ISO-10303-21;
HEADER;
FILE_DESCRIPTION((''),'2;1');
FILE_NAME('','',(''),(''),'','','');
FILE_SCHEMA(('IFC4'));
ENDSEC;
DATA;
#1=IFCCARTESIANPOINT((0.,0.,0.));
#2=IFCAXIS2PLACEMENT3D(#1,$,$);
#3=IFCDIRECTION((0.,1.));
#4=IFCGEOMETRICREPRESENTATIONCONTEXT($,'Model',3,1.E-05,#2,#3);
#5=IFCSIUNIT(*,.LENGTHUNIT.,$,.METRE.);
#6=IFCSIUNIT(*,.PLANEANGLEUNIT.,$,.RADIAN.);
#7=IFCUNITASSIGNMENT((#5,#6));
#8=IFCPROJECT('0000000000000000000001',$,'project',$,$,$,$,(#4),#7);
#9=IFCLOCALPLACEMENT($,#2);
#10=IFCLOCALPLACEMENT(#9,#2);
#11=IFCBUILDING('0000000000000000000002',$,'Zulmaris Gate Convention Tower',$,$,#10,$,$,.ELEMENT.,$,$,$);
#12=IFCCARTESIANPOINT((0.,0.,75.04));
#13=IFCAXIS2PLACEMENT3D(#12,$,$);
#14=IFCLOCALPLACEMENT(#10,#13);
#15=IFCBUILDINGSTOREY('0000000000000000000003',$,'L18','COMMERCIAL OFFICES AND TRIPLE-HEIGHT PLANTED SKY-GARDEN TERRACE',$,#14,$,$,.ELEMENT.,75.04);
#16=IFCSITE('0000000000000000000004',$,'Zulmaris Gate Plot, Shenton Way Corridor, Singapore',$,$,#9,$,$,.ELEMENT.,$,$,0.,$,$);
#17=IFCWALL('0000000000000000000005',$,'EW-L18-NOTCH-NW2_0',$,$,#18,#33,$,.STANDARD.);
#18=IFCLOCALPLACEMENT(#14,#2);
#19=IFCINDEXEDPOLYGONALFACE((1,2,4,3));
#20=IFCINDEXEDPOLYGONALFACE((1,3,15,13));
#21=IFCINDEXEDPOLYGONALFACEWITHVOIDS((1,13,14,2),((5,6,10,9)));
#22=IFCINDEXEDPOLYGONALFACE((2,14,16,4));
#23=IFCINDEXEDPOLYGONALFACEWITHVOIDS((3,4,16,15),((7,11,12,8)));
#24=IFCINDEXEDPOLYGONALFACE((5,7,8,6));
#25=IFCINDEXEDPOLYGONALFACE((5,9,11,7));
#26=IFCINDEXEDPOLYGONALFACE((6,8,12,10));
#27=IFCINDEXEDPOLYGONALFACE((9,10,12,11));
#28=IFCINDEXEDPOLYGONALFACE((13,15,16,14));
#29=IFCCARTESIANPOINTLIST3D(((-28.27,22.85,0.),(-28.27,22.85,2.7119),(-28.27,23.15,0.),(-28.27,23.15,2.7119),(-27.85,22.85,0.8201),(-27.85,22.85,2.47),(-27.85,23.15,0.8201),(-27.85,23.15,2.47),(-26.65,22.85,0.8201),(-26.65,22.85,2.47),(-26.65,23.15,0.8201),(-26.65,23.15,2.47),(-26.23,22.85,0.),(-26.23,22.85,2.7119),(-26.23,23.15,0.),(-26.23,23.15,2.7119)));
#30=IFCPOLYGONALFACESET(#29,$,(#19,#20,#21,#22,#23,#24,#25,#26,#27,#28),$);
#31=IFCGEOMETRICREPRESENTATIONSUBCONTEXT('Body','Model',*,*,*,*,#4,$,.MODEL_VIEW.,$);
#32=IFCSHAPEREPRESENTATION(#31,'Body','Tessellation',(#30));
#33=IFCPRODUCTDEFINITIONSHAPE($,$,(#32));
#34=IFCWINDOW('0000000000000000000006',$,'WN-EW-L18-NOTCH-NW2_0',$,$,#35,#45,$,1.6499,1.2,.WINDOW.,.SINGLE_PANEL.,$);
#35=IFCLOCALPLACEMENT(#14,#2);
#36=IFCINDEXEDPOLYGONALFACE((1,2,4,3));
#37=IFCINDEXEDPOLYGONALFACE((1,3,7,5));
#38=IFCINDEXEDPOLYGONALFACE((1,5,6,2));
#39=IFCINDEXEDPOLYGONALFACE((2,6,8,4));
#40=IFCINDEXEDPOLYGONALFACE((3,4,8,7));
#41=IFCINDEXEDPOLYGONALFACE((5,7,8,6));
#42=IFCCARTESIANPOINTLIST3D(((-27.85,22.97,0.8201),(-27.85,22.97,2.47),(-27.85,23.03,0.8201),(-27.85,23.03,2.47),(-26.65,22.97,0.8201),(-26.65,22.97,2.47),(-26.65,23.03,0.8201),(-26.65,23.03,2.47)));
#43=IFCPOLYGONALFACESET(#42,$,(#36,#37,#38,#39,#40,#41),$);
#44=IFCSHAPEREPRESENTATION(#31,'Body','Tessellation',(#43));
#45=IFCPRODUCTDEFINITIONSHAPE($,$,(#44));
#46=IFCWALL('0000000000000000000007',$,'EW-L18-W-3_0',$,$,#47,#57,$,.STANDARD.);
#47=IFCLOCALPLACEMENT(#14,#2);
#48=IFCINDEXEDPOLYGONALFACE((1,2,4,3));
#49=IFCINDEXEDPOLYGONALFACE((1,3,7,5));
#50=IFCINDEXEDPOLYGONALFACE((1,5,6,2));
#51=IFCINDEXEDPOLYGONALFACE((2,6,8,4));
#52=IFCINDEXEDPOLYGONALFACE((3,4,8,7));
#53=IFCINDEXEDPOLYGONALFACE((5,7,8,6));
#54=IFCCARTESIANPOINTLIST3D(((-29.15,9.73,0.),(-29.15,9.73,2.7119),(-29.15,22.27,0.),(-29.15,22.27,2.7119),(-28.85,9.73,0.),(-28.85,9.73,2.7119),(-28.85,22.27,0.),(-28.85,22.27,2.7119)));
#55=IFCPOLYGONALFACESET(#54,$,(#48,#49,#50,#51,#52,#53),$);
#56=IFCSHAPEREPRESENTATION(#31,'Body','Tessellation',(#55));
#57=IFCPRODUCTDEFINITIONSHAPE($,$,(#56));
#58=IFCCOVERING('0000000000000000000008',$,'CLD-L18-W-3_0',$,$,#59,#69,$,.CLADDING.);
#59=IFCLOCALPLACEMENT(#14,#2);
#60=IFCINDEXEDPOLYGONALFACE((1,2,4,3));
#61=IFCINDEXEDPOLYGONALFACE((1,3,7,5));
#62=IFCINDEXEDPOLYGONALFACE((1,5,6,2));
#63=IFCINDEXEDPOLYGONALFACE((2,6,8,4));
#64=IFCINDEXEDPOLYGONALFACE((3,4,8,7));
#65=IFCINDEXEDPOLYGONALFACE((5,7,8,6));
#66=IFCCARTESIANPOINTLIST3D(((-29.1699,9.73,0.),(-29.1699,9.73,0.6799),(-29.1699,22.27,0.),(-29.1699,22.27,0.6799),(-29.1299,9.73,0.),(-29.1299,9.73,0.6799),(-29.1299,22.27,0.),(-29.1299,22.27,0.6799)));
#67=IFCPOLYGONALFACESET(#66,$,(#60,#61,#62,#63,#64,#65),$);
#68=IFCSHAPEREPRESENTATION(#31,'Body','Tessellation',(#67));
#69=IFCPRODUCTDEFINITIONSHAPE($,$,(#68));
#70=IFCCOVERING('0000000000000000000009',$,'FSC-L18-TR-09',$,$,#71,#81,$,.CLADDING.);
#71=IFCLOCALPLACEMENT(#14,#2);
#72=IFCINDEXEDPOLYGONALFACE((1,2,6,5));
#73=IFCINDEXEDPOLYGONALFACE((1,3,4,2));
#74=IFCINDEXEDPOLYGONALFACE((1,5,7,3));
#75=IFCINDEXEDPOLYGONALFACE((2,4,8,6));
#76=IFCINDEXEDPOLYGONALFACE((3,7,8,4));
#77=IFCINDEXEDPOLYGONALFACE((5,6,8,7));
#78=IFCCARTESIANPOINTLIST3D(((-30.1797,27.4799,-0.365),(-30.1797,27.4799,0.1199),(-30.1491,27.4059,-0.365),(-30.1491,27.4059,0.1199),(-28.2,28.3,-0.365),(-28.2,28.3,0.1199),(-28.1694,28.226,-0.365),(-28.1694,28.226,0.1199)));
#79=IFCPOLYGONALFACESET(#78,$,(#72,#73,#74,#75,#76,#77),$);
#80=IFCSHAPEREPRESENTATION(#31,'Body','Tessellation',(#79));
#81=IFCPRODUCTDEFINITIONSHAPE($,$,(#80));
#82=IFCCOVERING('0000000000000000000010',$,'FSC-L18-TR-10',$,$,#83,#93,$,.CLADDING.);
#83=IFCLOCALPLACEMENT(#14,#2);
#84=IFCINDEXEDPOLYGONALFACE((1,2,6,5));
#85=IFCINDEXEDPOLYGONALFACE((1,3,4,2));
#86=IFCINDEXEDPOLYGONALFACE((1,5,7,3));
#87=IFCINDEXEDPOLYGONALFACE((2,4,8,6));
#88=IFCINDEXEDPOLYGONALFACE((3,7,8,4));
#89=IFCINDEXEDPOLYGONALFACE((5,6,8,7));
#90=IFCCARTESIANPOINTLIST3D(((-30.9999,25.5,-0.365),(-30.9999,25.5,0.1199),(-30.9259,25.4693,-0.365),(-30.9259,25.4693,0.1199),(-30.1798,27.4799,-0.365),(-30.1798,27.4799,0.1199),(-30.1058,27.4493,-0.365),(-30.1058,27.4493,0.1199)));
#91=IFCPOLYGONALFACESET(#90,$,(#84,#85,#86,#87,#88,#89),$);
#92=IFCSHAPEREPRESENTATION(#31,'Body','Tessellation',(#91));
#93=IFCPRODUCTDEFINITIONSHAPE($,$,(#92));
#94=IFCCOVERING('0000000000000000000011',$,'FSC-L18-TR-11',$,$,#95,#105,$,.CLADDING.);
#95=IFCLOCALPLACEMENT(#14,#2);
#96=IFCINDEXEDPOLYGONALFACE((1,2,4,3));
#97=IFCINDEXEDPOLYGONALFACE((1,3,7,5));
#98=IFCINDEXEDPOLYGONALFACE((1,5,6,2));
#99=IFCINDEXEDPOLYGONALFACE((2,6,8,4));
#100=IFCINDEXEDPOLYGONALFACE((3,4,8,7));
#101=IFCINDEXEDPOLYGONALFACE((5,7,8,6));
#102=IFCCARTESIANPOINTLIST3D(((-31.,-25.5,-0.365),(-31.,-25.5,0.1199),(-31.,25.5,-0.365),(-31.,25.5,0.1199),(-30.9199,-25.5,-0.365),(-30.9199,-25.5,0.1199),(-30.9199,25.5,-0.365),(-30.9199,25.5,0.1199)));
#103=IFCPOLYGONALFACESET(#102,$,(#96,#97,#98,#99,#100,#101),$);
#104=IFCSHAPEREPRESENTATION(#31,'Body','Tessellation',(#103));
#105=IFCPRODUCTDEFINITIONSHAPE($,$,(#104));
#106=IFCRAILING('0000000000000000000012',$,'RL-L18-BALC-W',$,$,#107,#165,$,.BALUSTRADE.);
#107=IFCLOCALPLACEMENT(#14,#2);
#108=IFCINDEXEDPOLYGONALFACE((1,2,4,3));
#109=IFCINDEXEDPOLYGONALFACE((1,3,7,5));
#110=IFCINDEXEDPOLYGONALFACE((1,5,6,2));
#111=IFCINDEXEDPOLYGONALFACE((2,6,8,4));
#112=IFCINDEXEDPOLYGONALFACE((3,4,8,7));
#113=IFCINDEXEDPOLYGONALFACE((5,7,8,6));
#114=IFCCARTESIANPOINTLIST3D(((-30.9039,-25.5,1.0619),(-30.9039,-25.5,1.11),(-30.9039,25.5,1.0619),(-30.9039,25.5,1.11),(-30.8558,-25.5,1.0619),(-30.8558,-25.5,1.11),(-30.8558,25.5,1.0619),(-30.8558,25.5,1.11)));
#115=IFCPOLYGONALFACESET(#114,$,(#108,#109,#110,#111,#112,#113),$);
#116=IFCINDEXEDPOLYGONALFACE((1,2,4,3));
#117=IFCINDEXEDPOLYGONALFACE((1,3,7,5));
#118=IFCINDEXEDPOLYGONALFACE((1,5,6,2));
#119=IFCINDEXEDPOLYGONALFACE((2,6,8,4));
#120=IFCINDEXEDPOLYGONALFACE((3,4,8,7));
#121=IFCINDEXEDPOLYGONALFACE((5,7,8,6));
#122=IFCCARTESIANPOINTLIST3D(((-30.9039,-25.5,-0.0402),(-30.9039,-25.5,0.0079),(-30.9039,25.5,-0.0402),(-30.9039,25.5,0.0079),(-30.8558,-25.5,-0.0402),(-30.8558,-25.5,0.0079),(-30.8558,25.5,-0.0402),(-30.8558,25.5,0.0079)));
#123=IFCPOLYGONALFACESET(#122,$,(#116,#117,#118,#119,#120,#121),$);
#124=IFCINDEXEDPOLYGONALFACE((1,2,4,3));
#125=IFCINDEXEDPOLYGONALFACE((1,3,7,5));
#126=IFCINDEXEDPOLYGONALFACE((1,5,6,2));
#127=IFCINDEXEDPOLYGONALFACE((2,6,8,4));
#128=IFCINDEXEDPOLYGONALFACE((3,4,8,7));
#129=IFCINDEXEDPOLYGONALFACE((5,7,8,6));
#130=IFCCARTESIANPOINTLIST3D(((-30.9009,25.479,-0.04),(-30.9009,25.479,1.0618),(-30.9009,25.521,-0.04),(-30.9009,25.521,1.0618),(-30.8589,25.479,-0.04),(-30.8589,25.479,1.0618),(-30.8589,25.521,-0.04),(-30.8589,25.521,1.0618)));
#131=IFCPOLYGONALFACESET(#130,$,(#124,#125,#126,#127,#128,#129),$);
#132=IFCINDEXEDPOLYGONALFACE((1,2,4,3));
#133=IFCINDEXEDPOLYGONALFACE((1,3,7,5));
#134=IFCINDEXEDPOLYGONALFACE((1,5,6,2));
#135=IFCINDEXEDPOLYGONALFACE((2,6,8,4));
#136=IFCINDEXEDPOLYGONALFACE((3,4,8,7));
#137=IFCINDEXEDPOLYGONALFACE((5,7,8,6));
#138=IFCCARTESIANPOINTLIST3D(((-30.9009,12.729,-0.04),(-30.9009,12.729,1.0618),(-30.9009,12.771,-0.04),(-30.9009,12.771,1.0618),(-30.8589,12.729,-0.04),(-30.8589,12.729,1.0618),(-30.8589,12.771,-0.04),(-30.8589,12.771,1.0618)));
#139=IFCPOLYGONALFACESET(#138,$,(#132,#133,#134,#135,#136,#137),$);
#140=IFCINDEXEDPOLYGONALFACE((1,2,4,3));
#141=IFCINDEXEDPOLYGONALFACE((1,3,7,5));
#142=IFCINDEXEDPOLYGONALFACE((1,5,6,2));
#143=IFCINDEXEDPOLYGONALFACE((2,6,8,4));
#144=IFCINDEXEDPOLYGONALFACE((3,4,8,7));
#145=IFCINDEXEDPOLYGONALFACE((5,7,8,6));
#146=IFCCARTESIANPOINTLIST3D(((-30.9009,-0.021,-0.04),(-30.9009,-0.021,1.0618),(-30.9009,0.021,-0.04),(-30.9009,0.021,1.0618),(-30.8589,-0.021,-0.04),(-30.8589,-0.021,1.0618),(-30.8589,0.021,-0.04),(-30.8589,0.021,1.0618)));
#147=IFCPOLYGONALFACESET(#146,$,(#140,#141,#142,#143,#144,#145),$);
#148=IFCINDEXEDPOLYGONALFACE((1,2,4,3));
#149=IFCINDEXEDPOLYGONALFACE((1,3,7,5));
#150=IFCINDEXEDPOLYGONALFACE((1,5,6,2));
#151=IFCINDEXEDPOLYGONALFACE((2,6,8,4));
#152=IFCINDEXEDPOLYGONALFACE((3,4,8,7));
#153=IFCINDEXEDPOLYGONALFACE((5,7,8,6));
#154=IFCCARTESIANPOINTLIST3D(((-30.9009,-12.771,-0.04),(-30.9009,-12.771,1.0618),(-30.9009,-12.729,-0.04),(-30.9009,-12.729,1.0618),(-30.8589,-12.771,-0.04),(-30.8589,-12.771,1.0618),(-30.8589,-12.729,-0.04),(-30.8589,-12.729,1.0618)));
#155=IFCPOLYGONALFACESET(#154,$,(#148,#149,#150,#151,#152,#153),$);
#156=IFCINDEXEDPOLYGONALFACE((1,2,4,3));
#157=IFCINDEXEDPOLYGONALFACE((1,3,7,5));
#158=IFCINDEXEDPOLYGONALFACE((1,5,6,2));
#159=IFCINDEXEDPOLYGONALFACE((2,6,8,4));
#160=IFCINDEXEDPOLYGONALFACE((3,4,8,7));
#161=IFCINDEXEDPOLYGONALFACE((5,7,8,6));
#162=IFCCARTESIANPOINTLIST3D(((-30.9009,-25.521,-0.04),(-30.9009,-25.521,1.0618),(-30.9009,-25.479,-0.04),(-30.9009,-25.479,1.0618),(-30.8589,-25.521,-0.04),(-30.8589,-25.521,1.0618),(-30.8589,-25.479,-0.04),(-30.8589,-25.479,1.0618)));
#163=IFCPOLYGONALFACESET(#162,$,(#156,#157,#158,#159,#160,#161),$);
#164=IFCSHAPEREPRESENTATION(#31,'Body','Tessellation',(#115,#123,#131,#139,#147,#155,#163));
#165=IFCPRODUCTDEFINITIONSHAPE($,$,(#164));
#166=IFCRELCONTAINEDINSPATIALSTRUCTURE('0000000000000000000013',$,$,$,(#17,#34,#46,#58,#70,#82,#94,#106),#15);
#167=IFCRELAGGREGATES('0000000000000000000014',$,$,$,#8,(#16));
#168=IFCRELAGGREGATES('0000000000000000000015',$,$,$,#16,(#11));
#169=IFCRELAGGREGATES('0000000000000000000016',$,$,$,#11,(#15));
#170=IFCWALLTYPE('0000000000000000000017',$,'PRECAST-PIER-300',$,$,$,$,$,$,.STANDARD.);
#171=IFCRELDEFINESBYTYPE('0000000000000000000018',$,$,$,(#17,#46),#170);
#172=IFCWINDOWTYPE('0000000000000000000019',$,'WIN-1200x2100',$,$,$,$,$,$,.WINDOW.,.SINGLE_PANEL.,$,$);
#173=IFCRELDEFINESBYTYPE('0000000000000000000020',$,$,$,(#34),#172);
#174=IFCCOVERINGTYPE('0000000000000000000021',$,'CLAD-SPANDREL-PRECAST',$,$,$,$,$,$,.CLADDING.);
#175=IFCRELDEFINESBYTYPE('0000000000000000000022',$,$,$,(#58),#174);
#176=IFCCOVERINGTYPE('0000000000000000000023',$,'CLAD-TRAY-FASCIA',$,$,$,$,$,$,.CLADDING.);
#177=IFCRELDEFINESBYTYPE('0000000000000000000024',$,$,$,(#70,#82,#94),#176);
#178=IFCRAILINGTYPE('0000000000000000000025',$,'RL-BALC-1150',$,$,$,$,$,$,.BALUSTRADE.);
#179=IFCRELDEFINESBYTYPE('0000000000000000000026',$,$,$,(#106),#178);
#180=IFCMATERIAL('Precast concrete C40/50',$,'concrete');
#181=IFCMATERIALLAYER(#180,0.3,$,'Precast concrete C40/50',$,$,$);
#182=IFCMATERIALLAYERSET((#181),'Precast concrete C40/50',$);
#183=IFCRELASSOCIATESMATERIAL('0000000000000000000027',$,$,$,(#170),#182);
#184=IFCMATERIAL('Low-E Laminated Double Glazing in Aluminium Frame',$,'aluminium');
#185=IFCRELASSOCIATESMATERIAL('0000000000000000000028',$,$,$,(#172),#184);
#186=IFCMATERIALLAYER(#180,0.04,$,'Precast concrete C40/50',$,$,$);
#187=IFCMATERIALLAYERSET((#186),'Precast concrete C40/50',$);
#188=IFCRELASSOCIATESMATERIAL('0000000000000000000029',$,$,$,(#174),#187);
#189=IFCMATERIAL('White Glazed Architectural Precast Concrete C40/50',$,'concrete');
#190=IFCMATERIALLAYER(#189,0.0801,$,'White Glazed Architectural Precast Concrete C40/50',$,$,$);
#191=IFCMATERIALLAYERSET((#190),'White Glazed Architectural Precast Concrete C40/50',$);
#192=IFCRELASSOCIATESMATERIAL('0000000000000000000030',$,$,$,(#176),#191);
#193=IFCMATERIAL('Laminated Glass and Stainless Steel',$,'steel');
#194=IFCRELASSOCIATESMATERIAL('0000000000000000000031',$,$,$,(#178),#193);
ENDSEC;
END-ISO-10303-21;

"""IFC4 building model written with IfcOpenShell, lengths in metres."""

from ifc_helpers import new_model, si_unit, direction, frame, frame_2d, origin, origin_2d, place, context, subcontext, project, spatial, rectangle, extrude, material, layer, layer_set, type_object, element, fill, save


model = new_model("IFC4")

# Units and contexts
model_context = context("Model", 3, precision=1e-05, world=origin(), true_north=direction((0.0, 1.0)))
body_context = subcontext(model_context, "Body", "Model", "MODEL_VIEW")
ifc_project = project(units=[si_unit("LENGTHUNIT", "METRE"), si_unit("PLANEANGLEUNIT", "RADIAN")], contexts=[model_context])

# Site, building, storey
site_placement = place(None, origin())
site = spatial("IfcSite", under=ifc_project, at=site_placement, Name="Zulmaris Gate Plot, Shenton Way Corridor, Singapore", CompositionType="ELEMENT", RefElevation=0.0)
building_placement = place(site_placement, origin())
building = spatial("IfcBuilding", under=site, at=building_placement, Name="Zulmaris Gate Convention Tower", CompositionType="ELEMENT")
storey_placement = place(building_placement, frame((0.0, 0.0, 75.04)))
storey = spatial("IfcBuildingStorey", under=building, at=storey_placement, Name="L18", Description="COMMERCIAL OFFICES AND TRIPLE-HEIGHT PLANTED SKY-GARDEN TERRACE", CompositionType="ELEMENT", Elevation=75.04)

# Wall, opening, window
ifc_material_1 = material(Name="Precast concrete C40/50", Category="concrete")
ifc_layer_1 = layer(ifc_material_1, 0.3, Name="Precast concrete C40/50")
ifc_layer_set_1 = layer_set([ifc_layer_1], Name="Precast concrete C40/50")
wall_type_1 = type_object("IfcWallType", Name="PRECAST-PIER-300", PredefinedType="STANDARD", material=ifc_layer_set_1)
wall_1_placement = place(storey_placement, frame((-26.23, 23.0, 0.0), z_axis=(0.0, 0.0, 1.0), x_axis=(-1.0, 0.0, 0.0)))
wall_1 = element("IfcWall", 1, at=wall_1_placement, inside=storey, type_object=wall_type_1, Name="EW-L18-NOTCH-NW2_0", PredefinedType="STANDARD", context=body_context, shape_type="SweptSolid", body=[
    extrude(rectangle(XDim=2.04, YDim=0.3, at=frame_2d((1.02, 0.0))), origin(), (0.0, 0.0, 1.0), 2.7119),
])
opening_1_placement = place(wall_1_placement, frame((0.4199, 0.0, 0.8201)))
opening_1 = element("IfcOpeningElement", 2, at=opening_1_placement, cuts=wall_1, PredefinedType="OPENING", context=body_context, shape_type="SweptSolid", body=[
    extrude(rectangle(XDim=1.2, YDim=1.6499, at=frame_2d((0.6001, 0.825))), frame((0.0, 0.1602, 0.0), z_axis=(0.0, -1.0, 0.0), x_axis=(1.0, 0.0, 0.0)), (0.0, 0.0, 1.0), 0.3201),
])
ifc_material_2 = material(Name="Low-E Laminated Double Glazing in Aluminium Frame", Category="aluminium")
window_type = type_object("IfcWindowType", Name="WIN-1200x2100", PartitioningType="SINGLE_PANEL", PredefinedType="WINDOW", material=ifc_material_2)
window_placement = place(opening_1_placement, origin())
window = element("IfcWindow", 3, at=window_placement, inside=storey, type_object=window_type, Name="WN-EW-L18-NOTCH-NW2_0", OverallHeight=1.6499, OverallWidth=1.2, PartitioningType="SINGLE_PANEL", PredefinedType="WINDOW", context=body_context, shape_type="SweptSolid", body=[
    extrude(rectangle(XDim=1.2, YDim=1.6499, at=frame_2d((0.6001, 0.825))), frame((0.0, 0.03, 0.0), z_axis=(0.0, -1.0, 0.0), x_axis=(1.0, 0.0, 0.0)), (0.0, 0.0, 1.0), 0.0601),
])
fill(opening_1, window)

# Wall
wall_2_placement = place(storey_placement, frame((-29.0, 22.27, 0.0), z_axis=(0.0, 0.0, 1.0), x_axis=(0.0, -1.0, 0.0)))
element("IfcWall", 4, at=wall_2_placement, inside=storey, type_object=wall_type_1, Name="EW-L18-W-3_0", PredefinedType="STANDARD", context=body_context, shape_type="SweptSolid", body=[
    extrude(rectangle(XDim=12.54, YDim=0.3, at=frame_2d((6.27, 0.0))), origin(), (0.0, 0.0, 1.0), 2.7119),
])

# Coverings
ifc_layer_2 = layer(ifc_material_1, 0.04, Name="Precast concrete C40/50")
ifc_layer_set_2 = layer_set([ifc_layer_2], Name="Precast concrete C40/50")
covering_type_1 = type_object("IfcCoveringType", Name="CLAD-SPANDREL-PRECAST", PredefinedType="CLADDING", material=ifc_layer_set_2)
covering_1_placement = place(storey_placement, frame((-29.1499, 22.27, 0.0), z_axis=(0.0, 0.0, 1.0), x_axis=(0.0, -1.0, 0.0)))
element("IfcCovering", 5, at=covering_1_placement, inside=storey, type_object=covering_type_1, Name="CLD-L18-W-3_0", PredefinedType="CLADDING", context=body_context, shape_type="SweptSolid", body=[
    extrude(rectangle(XDim=12.54, YDim=0.04, at=frame_2d((6.27, 0.0))), origin(), (0.0, 0.0, 1.0), 0.6799),
])
ifc_material_3 = material(Name="White Glazed Architectural Precast Concrete C40/50", Category="concrete")
ifc_layer_3 = layer(ifc_material_3, 0.0801, Name="White Glazed Architectural Precast Concrete C40/50")
ifc_layer_set_3 = layer_set([ifc_layer_3], Name="White Glazed Architectural Precast Concrete C40/50")
covering_type_2 = type_object("IfcCoveringType", Name="CLAD-TRAY-FASCIA", PredefinedType="CLADDING", material=ifc_layer_set_3)
covering_2_placement = place(storey_placement, frame((-28.1848, 28.2629, -0.365), z_axis=(0.0, 0.0, 1.0), x_axis=(-0.923874, -0.382697, 0.0)))
element("IfcCovering", 6, at=covering_2_placement, inside=storey, type_object=covering_type_2, Name="FSC-L18-TR-09", PredefinedType="CLADDING", context=body_context, shape_type="SweptSolid", body=[
    extrude(rectangle(XDim=2.1428, YDim=0.0801, at=frame_2d((1.0713, 0.0))), origin(), (0.0, 0.0, 1.0), 0.4849),
])
covering_3_placement = place(storey_placement, frame((-30.1428, 27.4646, -0.365), z_axis=(0.0, 0.0, 1.0), x_axis=(-0.382657, -0.92389, 0.0)))
element("IfcCovering", 7, at=covering_3_placement, inside=storey, type_object=covering_type_2, Name="FSC-L18-TR-10", PredefinedType="CLADDING", context=body_context, shape_type="SweptSolid", body=[
    extrude(rectangle(XDim=2.1431, YDim=0.0801, at=frame_2d((1.0715, 0.0))), origin(), (0.0, 0.0, 1.0), 0.4849),
])
covering_4_placement = place(storey_placement, frame((-30.96, 25.5, -0.365), z_axis=(0.0, 0.0, 1.0), x_axis=(0.0, -1.0, 0.0)))
element("IfcCovering", 8, at=covering_4_placement, inside=storey, type_object=covering_type_2, Name="FSC-L18-TR-11", PredefinedType="CLADDING", context=body_context, shape_type="SweptSolid", body=[
    extrude(rectangle(XDim=51.0, YDim=0.0801, at=frame_2d((25.5, 0.0))), origin(), (0.0, 0.0, 1.0), 0.4849),
])

# Railing
ifc_material_4 = material(Name="Laminated Glass and Stainless Steel", Category="steel")
railing_type = type_object("IfcRailingType", Name="RL-BALC-1150", PredefinedType="BALUSTRADE", material=ifc_material_4)
railing_placement = place(storey_placement, frame((-30.8799, 25.5, -0.04)))
element("IfcRailing", 9, at=railing_placement, inside=storey, type_object=railing_type, Name="RL-L18-BALC-W", PredefinedType="BALUSTRADE", context=body_context, shape_type="SweptSolid", body=[
    extrude(rectangle(XDim=0.0481, YDim=0.0481, at=origin_2d()), frame((0.0, 0.0, 1.126), z_axis=(0.0, -1.0, 0.0), x_axis=(1.0, 0.0, 0.0)), (0.0, 0.0, 1.0), 51.0),
    extrude(rectangle(XDim=0.0481, YDim=0.0481, at=origin_2d()), frame((0.0, 0.0, 0.0239), z_axis=(0.0, -1.0, 0.0), x_axis=(1.0, 0.0, 0.0)), (0.0, 0.0, 1.0), 51.0),
    extrude(rectangle(XDim=0.042, YDim=0.042, at=origin_2d()), origin(), (0.0, 0.0, 1.0), 1.1018),
    extrude(rectangle(XDim=0.042, YDim=0.042, at=origin_2d()), frame((0.0, -12.75, 0.0)), (0.0, 0.0, 1.0), 1.1018),
    extrude(rectangle(XDim=0.042, YDim=0.042, at=origin_2d()), frame((0.0, -25.5, 0.0)), (0.0, 0.0, 1.0), 1.1018),
    extrude(rectangle(XDim=0.042, YDim=0.042, at=origin_2d()), frame((0.0, -38.25, 0.0)), (0.0, 0.0, 1.0), 1.1018),
    extrude(rectangle(XDim=0.042, YDim=0.042, at=origin_2d()), frame((0.0, -51.0, 0.0)), (0.0, 0.0, 1.0), 1.1018),
])

save(model, "model.ifc")
